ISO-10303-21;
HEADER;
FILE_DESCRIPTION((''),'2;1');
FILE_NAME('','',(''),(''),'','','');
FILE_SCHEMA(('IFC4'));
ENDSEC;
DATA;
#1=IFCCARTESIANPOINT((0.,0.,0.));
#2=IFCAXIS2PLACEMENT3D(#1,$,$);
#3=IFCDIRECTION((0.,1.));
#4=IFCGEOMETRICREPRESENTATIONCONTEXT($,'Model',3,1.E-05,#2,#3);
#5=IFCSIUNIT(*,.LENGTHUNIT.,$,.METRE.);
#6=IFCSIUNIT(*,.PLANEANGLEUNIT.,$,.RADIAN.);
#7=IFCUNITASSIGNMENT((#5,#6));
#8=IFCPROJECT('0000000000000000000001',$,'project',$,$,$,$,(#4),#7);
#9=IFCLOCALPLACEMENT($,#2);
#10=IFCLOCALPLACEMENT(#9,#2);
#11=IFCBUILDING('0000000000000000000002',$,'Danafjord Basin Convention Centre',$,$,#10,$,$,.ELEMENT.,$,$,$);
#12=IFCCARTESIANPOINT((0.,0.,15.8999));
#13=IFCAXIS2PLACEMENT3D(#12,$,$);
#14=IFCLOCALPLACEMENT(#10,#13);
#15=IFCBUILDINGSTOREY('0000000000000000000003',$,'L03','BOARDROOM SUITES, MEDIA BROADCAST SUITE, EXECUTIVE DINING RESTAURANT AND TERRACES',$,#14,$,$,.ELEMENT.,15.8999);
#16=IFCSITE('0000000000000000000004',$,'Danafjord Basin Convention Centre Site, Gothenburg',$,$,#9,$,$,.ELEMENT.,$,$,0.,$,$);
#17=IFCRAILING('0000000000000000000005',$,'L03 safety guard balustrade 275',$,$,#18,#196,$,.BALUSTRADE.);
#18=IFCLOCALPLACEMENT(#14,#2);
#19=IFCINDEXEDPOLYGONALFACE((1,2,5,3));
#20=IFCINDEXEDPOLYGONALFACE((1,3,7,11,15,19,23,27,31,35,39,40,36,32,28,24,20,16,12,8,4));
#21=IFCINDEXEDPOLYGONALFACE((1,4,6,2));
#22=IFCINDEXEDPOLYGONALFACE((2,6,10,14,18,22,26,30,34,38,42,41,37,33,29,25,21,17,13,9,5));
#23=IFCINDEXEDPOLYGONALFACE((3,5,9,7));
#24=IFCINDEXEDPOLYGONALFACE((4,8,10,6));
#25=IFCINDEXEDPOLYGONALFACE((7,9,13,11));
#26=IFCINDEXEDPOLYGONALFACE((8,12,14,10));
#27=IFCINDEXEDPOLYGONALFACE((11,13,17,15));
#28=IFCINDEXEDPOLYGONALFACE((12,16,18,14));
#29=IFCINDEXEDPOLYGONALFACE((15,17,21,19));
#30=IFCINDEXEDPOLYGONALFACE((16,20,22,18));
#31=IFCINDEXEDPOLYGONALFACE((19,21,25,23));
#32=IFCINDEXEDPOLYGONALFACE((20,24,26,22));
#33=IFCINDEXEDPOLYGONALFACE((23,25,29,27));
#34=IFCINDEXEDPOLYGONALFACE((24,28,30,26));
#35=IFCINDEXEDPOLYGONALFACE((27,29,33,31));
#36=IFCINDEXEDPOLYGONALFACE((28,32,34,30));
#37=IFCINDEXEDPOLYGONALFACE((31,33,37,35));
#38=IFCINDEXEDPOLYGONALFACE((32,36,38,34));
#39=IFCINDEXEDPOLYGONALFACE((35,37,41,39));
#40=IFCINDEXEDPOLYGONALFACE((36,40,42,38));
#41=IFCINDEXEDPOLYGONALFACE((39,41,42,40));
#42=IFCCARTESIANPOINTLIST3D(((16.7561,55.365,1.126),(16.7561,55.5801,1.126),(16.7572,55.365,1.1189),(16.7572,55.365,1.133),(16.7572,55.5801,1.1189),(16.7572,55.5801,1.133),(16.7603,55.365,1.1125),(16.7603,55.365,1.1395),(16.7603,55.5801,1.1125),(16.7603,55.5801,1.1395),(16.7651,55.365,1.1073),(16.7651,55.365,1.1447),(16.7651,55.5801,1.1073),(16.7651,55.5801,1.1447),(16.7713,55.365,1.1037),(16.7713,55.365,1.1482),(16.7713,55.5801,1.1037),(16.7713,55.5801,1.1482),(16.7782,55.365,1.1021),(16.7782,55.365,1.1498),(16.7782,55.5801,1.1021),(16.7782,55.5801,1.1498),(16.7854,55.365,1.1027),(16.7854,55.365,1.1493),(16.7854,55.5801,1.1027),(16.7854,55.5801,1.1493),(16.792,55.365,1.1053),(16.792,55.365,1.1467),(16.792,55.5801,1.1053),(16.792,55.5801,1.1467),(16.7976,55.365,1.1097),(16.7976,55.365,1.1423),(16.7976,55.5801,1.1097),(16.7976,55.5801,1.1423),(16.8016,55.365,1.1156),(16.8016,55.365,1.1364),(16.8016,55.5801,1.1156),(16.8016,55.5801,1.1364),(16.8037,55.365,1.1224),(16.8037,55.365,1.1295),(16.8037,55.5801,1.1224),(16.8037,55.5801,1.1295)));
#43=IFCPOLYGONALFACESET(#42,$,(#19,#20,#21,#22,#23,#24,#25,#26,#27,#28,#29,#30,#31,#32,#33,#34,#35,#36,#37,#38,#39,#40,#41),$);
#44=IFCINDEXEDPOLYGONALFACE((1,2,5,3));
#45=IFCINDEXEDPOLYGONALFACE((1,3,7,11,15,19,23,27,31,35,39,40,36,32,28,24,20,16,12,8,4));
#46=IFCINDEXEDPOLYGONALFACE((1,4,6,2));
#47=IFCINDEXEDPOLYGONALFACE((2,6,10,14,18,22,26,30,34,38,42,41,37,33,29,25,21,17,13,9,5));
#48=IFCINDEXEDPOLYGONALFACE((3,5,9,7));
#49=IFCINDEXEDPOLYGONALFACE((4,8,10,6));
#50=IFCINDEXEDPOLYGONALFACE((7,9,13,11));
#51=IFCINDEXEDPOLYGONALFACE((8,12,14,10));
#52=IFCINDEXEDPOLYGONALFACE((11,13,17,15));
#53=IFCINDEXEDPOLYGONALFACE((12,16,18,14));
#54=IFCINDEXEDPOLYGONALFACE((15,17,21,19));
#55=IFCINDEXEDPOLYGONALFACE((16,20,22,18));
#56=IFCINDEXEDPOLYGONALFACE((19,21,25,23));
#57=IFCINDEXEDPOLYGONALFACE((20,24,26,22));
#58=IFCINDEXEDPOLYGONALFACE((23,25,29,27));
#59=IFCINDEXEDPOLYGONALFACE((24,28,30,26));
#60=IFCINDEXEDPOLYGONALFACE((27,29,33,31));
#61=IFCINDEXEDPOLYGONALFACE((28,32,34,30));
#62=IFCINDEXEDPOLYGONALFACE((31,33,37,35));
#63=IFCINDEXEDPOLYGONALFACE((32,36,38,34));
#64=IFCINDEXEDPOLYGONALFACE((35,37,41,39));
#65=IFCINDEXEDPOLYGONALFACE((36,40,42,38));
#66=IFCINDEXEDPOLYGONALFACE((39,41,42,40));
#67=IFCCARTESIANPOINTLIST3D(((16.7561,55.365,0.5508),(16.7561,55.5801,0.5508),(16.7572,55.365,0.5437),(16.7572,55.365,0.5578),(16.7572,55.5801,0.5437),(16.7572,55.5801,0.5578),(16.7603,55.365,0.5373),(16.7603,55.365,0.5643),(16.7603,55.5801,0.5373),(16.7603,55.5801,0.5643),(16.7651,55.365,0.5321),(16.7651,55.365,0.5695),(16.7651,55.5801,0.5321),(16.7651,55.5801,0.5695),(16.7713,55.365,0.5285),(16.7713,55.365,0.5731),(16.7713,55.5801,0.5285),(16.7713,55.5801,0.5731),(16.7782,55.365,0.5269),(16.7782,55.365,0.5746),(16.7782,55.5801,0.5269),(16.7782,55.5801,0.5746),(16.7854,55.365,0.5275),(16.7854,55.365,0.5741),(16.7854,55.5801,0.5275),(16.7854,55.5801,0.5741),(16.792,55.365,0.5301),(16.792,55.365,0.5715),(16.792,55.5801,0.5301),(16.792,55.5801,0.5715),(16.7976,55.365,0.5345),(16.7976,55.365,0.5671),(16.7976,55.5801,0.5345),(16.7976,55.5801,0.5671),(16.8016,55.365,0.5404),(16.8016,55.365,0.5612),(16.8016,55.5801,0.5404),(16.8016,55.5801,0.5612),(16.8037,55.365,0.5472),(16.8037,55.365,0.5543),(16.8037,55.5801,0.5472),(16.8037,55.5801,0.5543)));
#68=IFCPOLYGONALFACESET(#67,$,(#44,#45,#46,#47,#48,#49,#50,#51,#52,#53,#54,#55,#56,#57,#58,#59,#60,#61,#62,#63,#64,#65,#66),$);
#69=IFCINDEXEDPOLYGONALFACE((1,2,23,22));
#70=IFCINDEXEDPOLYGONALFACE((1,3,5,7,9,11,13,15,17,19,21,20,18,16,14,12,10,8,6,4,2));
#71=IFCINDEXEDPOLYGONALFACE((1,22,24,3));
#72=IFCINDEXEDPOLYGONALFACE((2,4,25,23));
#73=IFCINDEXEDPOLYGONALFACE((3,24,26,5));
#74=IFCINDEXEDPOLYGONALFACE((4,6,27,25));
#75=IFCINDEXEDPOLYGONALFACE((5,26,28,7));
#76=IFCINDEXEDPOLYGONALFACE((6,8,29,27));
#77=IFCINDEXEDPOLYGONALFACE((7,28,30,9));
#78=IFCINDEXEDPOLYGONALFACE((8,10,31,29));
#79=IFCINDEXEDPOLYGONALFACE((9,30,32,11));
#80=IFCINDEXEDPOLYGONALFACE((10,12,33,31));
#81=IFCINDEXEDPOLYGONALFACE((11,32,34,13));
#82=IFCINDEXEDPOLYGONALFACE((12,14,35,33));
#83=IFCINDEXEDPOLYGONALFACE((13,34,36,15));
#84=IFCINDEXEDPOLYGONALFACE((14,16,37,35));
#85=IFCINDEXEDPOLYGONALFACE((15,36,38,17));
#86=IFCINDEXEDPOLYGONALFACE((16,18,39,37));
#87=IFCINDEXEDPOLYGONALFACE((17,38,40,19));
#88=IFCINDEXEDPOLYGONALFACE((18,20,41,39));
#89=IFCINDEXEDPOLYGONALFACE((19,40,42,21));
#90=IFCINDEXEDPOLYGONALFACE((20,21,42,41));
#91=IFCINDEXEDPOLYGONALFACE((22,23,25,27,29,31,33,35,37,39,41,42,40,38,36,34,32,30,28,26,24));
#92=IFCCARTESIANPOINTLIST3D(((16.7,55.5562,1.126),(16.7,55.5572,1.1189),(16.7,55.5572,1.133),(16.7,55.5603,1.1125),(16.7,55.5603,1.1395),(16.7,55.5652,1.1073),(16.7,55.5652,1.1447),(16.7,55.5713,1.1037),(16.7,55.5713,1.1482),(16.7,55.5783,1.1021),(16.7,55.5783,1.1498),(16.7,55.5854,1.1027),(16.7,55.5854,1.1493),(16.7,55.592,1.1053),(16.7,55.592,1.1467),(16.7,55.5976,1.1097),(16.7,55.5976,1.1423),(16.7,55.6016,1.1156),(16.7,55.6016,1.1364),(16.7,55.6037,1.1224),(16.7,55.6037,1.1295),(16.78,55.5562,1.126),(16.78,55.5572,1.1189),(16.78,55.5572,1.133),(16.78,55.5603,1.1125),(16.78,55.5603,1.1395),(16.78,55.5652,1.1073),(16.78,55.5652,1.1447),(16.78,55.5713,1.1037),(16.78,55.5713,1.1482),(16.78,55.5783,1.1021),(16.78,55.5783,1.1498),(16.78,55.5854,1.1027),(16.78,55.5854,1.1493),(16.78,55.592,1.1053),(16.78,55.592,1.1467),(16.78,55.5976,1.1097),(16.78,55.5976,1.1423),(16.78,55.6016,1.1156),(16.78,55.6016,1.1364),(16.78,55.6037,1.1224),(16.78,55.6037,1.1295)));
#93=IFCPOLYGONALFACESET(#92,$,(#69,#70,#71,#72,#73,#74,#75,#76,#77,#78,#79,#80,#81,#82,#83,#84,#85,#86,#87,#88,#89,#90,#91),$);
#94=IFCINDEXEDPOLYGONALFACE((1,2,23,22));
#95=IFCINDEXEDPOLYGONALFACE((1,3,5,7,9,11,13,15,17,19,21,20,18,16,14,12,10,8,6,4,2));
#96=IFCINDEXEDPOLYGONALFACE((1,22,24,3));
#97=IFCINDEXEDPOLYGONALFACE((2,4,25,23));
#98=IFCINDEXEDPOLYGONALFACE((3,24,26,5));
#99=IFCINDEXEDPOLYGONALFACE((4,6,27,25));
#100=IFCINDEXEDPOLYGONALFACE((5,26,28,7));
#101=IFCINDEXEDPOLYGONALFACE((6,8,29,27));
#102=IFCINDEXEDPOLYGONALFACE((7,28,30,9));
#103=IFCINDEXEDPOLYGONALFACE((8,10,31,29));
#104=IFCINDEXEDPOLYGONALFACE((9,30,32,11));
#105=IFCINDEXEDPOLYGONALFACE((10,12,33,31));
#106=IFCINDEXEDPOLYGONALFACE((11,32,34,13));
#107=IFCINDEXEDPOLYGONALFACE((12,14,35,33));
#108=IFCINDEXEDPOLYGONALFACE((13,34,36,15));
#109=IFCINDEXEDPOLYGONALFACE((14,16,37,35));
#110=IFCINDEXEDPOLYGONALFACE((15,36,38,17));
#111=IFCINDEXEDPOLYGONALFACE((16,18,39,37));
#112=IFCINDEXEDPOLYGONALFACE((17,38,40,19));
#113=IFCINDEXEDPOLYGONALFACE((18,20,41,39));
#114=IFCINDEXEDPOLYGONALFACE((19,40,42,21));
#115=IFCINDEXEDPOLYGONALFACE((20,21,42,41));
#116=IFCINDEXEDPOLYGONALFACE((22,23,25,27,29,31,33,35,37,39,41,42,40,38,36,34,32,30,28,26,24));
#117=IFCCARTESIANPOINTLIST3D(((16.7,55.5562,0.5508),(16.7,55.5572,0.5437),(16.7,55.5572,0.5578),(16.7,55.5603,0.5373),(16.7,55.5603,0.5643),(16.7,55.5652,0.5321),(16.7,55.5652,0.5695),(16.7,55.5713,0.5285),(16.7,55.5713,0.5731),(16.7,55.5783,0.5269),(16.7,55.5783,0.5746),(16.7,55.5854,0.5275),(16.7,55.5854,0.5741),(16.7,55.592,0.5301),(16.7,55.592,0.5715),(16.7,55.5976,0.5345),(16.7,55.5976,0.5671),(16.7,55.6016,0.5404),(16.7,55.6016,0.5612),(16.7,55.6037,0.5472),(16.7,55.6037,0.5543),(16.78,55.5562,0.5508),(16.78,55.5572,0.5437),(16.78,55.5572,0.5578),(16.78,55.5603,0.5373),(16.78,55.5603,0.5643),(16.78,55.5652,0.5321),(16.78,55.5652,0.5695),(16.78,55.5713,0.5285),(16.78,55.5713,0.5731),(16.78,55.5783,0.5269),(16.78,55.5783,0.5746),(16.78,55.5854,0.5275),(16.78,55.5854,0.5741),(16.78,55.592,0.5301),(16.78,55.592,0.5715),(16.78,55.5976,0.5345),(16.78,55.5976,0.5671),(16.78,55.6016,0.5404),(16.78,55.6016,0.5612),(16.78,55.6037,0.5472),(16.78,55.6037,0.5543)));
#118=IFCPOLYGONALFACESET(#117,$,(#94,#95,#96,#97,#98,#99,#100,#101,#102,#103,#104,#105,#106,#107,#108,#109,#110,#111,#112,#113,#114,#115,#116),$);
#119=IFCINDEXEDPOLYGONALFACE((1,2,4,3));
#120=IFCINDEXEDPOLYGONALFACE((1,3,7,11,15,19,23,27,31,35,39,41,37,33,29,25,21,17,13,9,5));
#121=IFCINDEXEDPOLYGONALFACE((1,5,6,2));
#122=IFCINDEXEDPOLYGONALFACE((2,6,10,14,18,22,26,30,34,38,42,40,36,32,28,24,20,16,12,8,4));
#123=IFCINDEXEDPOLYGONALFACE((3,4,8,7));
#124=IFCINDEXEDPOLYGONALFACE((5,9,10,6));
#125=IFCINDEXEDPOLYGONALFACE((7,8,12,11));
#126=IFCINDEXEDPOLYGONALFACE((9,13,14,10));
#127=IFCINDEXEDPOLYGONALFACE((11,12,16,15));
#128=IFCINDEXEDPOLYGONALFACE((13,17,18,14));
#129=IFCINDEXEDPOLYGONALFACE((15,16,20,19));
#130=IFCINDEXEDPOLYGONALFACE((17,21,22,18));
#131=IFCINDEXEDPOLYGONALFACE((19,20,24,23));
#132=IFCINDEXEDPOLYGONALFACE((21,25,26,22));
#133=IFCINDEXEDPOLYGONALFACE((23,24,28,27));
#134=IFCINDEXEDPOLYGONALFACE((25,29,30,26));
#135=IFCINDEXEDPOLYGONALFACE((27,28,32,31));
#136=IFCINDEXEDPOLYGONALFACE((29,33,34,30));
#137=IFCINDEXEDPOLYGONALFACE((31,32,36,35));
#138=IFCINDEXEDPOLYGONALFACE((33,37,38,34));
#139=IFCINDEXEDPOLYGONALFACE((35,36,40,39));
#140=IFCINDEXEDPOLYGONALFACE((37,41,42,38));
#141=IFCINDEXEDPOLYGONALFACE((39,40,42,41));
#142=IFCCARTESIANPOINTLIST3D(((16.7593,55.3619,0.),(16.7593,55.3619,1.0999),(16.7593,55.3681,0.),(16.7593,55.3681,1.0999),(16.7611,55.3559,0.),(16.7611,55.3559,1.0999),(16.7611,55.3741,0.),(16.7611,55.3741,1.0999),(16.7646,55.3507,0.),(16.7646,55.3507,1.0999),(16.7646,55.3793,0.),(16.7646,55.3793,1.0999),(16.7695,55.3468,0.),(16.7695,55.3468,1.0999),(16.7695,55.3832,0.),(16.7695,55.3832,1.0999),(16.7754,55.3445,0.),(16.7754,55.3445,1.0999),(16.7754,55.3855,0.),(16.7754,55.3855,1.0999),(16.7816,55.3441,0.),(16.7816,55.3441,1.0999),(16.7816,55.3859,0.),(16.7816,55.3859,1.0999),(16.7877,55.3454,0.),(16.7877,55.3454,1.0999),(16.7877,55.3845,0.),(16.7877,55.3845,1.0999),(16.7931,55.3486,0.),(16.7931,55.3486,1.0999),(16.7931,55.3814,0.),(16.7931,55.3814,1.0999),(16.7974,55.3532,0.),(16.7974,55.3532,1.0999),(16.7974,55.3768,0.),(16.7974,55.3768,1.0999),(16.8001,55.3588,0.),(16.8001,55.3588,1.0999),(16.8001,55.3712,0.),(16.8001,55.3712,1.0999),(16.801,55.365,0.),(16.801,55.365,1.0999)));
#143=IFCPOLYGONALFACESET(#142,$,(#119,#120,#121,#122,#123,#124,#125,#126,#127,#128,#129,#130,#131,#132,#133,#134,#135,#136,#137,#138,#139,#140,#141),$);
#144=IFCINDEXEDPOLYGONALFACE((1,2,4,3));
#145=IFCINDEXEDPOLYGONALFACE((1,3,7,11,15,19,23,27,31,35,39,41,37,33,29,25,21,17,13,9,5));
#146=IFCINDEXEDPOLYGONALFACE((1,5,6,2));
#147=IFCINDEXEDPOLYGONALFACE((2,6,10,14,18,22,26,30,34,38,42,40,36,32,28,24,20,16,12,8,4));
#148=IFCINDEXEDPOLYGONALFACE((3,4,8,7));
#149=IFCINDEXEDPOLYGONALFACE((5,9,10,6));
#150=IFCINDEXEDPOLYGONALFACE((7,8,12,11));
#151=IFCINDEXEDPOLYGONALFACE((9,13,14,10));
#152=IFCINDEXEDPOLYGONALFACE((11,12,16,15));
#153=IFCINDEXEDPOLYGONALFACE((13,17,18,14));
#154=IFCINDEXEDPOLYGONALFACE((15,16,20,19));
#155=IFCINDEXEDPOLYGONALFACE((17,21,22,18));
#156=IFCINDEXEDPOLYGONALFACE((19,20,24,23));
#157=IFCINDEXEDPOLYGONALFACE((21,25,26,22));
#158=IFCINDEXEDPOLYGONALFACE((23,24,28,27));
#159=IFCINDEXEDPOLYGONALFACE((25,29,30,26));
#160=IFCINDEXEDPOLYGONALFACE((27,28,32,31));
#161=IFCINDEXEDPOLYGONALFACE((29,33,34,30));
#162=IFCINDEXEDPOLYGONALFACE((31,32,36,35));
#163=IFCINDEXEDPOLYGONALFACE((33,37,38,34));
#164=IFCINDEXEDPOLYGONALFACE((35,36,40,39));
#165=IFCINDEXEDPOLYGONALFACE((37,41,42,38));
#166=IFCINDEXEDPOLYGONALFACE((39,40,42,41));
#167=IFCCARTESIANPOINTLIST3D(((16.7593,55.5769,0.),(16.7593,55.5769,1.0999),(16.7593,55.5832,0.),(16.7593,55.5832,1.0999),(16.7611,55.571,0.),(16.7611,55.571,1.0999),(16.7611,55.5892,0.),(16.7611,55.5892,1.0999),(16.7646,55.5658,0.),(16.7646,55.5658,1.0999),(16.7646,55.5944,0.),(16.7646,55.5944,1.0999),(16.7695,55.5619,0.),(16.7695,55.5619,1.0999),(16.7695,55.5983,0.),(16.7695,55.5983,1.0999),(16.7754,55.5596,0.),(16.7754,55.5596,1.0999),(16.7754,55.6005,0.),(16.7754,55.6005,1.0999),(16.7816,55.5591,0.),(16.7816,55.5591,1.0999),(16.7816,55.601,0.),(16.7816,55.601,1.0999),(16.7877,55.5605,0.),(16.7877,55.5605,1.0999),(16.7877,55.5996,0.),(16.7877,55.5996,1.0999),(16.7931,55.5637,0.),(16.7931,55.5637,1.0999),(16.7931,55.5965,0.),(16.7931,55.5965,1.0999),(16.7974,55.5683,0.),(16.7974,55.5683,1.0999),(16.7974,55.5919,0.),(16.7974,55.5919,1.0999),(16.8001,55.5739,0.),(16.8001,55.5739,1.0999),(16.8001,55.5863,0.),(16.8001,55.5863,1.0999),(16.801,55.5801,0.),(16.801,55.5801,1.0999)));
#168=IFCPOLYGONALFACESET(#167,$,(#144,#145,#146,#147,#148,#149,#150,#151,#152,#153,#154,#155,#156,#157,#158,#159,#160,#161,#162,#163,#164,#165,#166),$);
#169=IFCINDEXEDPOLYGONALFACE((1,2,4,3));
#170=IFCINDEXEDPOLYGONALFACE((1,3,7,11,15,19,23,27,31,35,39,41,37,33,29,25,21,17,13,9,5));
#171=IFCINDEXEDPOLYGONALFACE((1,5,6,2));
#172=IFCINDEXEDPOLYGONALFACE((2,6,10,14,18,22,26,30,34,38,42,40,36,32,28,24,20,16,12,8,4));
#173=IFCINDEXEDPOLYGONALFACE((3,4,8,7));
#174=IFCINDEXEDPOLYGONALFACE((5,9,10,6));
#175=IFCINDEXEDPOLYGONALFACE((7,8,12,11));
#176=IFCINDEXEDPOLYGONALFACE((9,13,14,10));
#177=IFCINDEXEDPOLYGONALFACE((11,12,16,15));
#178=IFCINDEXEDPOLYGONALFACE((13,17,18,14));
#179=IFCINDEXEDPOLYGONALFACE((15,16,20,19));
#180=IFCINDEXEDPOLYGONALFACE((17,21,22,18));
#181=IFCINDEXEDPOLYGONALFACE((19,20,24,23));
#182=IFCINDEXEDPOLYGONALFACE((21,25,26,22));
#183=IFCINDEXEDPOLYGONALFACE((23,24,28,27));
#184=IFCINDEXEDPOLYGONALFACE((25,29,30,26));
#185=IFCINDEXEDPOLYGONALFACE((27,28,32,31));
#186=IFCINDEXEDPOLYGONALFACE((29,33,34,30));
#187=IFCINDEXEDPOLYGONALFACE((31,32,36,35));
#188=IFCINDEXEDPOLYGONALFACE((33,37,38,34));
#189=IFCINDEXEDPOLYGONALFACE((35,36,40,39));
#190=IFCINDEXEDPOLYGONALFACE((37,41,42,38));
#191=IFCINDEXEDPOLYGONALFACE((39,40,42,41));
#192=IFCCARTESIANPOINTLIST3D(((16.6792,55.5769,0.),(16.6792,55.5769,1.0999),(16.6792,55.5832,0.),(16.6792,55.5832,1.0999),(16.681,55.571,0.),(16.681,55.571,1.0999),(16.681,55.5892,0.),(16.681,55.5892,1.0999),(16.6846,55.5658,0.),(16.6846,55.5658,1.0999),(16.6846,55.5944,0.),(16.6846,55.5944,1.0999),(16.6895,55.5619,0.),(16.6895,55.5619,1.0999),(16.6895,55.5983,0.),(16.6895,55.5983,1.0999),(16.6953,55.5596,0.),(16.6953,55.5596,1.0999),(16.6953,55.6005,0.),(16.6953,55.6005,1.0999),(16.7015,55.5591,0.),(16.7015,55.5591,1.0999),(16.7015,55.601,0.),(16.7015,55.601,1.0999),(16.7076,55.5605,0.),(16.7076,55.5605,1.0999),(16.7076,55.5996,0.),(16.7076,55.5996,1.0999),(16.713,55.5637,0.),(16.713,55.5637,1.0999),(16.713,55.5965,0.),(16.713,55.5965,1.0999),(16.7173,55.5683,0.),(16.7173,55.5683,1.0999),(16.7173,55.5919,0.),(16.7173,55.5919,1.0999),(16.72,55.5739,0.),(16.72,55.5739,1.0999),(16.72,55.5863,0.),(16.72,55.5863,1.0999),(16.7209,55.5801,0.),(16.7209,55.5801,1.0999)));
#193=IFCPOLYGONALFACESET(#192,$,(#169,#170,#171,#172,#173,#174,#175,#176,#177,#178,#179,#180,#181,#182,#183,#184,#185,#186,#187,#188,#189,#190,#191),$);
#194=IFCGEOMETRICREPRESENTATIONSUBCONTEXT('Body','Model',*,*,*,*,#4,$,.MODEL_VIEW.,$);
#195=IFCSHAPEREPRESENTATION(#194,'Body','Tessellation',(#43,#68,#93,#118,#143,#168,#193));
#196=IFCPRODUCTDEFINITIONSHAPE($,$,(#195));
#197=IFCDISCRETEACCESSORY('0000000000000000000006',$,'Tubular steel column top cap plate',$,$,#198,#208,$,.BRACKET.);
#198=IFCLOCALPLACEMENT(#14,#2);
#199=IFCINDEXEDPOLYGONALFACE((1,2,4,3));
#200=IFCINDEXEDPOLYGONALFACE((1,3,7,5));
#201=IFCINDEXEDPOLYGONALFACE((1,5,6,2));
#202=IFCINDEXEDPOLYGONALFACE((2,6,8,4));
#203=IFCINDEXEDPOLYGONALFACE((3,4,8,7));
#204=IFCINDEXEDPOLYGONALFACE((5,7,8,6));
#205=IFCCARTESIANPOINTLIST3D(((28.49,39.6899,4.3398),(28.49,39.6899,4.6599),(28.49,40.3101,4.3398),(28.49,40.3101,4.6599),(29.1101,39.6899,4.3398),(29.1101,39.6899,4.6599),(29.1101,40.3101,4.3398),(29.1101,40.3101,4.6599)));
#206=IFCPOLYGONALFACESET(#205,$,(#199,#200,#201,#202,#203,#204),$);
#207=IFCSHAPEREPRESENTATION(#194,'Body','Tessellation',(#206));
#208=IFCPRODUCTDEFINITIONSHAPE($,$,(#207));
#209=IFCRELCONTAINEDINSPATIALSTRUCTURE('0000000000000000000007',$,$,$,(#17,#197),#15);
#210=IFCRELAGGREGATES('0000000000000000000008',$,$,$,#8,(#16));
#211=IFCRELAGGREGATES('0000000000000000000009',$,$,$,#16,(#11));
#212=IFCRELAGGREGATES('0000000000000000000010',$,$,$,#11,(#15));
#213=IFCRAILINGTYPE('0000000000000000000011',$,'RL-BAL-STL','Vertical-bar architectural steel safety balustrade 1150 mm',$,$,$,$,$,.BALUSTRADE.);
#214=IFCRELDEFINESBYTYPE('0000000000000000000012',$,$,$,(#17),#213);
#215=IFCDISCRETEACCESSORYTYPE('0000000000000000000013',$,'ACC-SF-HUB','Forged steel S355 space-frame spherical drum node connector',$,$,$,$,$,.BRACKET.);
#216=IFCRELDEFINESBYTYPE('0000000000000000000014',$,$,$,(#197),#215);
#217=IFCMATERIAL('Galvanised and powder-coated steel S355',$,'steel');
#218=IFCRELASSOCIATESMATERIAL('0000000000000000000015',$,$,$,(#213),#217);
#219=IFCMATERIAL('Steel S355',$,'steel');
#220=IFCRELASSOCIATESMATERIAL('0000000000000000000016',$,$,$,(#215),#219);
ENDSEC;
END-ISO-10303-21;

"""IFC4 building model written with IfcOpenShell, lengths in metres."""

from ifc_helpers import new_model, si_unit, direction, frame, origin, origin_2d, place, context, subcontext, project, spatial, rectangle, circle, extrude, material, type_object, element, save


model = new_model("IFC4")

# Units and contexts
model_context = context("Model", 3, precision=1e-05, world=origin(), true_north=direction((0.0, 1.0)))
body_context = subcontext(model_context, "Body", "Model", "MODEL_VIEW")
ifc_project = project(units=[si_unit("LENGTHUNIT", "METRE"), si_unit("PLANEANGLEUNIT", "RADIAN")], contexts=[model_context])

# Site, building, storey
site_placement = place(None, origin())
site = spatial("IfcSite", under=ifc_project, at=site_placement, Name="Danafjord Basin Convention Centre Site, Gothenburg", CompositionType="ELEMENT", RefElevation=0.0)
building_placement = place(site_placement, origin())
building = spatial("IfcBuilding", under=site, at=building_placement, Name="Danafjord Basin Convention Centre", CompositionType="ELEMENT")
storey_placement = place(building_placement, frame((0.0, 0.0, 15.8999)))
storey = spatial("IfcBuildingStorey", under=building, at=storey_placement, Name="L03", Description="BOARDROOM SUITES, MEDIA BROADCAST SUITE, EXECUTIVE DINING RESTAURANT AND TERRACES", CompositionType="ELEMENT", Elevation=15.8999)

# Shared definitions
ifc_material_1 = material(Name="Steel S355", Category="steel")

# Railing
ifc_material_2 = material(Name="Galvanised and powder-coated steel S355", Category="steel")
railing_type_1 = type_object("IfcRailingType", Name="RL-BAL-STL", Description="Vertical-bar architectural steel safety balustrade 1150 mm", PredefinedType="BALUSTRADE", material=ifc_material_2)
railing_1_placement = place(storey_placement, frame((16.78, 55.365, 0.0)))
element("IfcRailing", 1, at=railing_1_placement, inside=storey, type_object=railing_type_1, Name="L03 safety guard balustrade 275", PredefinedType="BALUSTRADE", context=body_context, shape_type="SweptSolid", body=[
    extrude(circle(Radius=0.0239, at=origin_2d()), frame((0.0, 0.0, 1.126), z_axis=(0.0, 1.0, 0.0), x_axis=(-1.0, 0.0, 0.0)), (0.0, 0.0, 1.0), 0.2151),
    extrude(circle(Radius=0.0239, at=origin_2d()), frame((0.0, 0.0, 0.5508), z_axis=(0.0, 1.0, 0.0), x_axis=(-1.0, 0.0, 0.0)), (0.0, 0.0, 1.0), 0.2151),
    extrude(circle(Radius=0.0239, at=origin_2d()), frame((0.0, 0.2151, 1.126), z_axis=(-1.0, 0.0, 0.0), x_axis=(0.0, -1.0, 0.0)), (0.0, 0.0, 1.0), 0.0801),
    extrude(circle(Radius=0.0239, at=origin_2d()), frame((0.0, 0.2151, 0.5508), z_axis=(-1.0, 0.0, 0.0), x_axis=(0.0, -1.0, 0.0)), (0.0, 0.0, 1.0), 0.0801),
    extrude(circle(Radius=0.021, at=origin_2d()), origin(), (0.0, 0.0, 1.0), 1.0999),
    extrude(circle(Radius=0.021, at=origin_2d()), frame((0.0, 0.2151, 0.0)), (0.0, 0.0, 1.0), 1.0999),
    extrude(circle(Radius=0.021, at=origin_2d()), frame((-0.0801, 0.2151, 0.0)), (0.0, 0.0, 1.0), 1.0999),
])

# Discrete accessory
discrete_accessory_type = type_object("IfcDiscreteAccessoryType", Name="ACC-SF-HUB", Description="Forged steel S355 space-frame spherical drum node connector", PredefinedType="BRACKET", material=ifc_material_1)
discrete_accessory_placement = place(storey_placement, frame((28.8, 40.0, 4.3398), z_axis=(0.0, 0.0, 1.0), x_axis=(1.0, 0.0, 0.0)))
element("IfcDiscreteAccessory", 2, at=discrete_accessory_placement, inside=storey, type_object=discrete_accessory_type, Name="Tubular steel column top cap plate", PredefinedType="BRACKET", context=body_context, shape_type="SweptSolid", body=[
    extrude(rectangle(XDim=0.6201, YDim=0.6201, at=origin_2d()), origin(), (0.0, 0.0, 1.0), 0.3201),
])

save(model, "model.ifc")
